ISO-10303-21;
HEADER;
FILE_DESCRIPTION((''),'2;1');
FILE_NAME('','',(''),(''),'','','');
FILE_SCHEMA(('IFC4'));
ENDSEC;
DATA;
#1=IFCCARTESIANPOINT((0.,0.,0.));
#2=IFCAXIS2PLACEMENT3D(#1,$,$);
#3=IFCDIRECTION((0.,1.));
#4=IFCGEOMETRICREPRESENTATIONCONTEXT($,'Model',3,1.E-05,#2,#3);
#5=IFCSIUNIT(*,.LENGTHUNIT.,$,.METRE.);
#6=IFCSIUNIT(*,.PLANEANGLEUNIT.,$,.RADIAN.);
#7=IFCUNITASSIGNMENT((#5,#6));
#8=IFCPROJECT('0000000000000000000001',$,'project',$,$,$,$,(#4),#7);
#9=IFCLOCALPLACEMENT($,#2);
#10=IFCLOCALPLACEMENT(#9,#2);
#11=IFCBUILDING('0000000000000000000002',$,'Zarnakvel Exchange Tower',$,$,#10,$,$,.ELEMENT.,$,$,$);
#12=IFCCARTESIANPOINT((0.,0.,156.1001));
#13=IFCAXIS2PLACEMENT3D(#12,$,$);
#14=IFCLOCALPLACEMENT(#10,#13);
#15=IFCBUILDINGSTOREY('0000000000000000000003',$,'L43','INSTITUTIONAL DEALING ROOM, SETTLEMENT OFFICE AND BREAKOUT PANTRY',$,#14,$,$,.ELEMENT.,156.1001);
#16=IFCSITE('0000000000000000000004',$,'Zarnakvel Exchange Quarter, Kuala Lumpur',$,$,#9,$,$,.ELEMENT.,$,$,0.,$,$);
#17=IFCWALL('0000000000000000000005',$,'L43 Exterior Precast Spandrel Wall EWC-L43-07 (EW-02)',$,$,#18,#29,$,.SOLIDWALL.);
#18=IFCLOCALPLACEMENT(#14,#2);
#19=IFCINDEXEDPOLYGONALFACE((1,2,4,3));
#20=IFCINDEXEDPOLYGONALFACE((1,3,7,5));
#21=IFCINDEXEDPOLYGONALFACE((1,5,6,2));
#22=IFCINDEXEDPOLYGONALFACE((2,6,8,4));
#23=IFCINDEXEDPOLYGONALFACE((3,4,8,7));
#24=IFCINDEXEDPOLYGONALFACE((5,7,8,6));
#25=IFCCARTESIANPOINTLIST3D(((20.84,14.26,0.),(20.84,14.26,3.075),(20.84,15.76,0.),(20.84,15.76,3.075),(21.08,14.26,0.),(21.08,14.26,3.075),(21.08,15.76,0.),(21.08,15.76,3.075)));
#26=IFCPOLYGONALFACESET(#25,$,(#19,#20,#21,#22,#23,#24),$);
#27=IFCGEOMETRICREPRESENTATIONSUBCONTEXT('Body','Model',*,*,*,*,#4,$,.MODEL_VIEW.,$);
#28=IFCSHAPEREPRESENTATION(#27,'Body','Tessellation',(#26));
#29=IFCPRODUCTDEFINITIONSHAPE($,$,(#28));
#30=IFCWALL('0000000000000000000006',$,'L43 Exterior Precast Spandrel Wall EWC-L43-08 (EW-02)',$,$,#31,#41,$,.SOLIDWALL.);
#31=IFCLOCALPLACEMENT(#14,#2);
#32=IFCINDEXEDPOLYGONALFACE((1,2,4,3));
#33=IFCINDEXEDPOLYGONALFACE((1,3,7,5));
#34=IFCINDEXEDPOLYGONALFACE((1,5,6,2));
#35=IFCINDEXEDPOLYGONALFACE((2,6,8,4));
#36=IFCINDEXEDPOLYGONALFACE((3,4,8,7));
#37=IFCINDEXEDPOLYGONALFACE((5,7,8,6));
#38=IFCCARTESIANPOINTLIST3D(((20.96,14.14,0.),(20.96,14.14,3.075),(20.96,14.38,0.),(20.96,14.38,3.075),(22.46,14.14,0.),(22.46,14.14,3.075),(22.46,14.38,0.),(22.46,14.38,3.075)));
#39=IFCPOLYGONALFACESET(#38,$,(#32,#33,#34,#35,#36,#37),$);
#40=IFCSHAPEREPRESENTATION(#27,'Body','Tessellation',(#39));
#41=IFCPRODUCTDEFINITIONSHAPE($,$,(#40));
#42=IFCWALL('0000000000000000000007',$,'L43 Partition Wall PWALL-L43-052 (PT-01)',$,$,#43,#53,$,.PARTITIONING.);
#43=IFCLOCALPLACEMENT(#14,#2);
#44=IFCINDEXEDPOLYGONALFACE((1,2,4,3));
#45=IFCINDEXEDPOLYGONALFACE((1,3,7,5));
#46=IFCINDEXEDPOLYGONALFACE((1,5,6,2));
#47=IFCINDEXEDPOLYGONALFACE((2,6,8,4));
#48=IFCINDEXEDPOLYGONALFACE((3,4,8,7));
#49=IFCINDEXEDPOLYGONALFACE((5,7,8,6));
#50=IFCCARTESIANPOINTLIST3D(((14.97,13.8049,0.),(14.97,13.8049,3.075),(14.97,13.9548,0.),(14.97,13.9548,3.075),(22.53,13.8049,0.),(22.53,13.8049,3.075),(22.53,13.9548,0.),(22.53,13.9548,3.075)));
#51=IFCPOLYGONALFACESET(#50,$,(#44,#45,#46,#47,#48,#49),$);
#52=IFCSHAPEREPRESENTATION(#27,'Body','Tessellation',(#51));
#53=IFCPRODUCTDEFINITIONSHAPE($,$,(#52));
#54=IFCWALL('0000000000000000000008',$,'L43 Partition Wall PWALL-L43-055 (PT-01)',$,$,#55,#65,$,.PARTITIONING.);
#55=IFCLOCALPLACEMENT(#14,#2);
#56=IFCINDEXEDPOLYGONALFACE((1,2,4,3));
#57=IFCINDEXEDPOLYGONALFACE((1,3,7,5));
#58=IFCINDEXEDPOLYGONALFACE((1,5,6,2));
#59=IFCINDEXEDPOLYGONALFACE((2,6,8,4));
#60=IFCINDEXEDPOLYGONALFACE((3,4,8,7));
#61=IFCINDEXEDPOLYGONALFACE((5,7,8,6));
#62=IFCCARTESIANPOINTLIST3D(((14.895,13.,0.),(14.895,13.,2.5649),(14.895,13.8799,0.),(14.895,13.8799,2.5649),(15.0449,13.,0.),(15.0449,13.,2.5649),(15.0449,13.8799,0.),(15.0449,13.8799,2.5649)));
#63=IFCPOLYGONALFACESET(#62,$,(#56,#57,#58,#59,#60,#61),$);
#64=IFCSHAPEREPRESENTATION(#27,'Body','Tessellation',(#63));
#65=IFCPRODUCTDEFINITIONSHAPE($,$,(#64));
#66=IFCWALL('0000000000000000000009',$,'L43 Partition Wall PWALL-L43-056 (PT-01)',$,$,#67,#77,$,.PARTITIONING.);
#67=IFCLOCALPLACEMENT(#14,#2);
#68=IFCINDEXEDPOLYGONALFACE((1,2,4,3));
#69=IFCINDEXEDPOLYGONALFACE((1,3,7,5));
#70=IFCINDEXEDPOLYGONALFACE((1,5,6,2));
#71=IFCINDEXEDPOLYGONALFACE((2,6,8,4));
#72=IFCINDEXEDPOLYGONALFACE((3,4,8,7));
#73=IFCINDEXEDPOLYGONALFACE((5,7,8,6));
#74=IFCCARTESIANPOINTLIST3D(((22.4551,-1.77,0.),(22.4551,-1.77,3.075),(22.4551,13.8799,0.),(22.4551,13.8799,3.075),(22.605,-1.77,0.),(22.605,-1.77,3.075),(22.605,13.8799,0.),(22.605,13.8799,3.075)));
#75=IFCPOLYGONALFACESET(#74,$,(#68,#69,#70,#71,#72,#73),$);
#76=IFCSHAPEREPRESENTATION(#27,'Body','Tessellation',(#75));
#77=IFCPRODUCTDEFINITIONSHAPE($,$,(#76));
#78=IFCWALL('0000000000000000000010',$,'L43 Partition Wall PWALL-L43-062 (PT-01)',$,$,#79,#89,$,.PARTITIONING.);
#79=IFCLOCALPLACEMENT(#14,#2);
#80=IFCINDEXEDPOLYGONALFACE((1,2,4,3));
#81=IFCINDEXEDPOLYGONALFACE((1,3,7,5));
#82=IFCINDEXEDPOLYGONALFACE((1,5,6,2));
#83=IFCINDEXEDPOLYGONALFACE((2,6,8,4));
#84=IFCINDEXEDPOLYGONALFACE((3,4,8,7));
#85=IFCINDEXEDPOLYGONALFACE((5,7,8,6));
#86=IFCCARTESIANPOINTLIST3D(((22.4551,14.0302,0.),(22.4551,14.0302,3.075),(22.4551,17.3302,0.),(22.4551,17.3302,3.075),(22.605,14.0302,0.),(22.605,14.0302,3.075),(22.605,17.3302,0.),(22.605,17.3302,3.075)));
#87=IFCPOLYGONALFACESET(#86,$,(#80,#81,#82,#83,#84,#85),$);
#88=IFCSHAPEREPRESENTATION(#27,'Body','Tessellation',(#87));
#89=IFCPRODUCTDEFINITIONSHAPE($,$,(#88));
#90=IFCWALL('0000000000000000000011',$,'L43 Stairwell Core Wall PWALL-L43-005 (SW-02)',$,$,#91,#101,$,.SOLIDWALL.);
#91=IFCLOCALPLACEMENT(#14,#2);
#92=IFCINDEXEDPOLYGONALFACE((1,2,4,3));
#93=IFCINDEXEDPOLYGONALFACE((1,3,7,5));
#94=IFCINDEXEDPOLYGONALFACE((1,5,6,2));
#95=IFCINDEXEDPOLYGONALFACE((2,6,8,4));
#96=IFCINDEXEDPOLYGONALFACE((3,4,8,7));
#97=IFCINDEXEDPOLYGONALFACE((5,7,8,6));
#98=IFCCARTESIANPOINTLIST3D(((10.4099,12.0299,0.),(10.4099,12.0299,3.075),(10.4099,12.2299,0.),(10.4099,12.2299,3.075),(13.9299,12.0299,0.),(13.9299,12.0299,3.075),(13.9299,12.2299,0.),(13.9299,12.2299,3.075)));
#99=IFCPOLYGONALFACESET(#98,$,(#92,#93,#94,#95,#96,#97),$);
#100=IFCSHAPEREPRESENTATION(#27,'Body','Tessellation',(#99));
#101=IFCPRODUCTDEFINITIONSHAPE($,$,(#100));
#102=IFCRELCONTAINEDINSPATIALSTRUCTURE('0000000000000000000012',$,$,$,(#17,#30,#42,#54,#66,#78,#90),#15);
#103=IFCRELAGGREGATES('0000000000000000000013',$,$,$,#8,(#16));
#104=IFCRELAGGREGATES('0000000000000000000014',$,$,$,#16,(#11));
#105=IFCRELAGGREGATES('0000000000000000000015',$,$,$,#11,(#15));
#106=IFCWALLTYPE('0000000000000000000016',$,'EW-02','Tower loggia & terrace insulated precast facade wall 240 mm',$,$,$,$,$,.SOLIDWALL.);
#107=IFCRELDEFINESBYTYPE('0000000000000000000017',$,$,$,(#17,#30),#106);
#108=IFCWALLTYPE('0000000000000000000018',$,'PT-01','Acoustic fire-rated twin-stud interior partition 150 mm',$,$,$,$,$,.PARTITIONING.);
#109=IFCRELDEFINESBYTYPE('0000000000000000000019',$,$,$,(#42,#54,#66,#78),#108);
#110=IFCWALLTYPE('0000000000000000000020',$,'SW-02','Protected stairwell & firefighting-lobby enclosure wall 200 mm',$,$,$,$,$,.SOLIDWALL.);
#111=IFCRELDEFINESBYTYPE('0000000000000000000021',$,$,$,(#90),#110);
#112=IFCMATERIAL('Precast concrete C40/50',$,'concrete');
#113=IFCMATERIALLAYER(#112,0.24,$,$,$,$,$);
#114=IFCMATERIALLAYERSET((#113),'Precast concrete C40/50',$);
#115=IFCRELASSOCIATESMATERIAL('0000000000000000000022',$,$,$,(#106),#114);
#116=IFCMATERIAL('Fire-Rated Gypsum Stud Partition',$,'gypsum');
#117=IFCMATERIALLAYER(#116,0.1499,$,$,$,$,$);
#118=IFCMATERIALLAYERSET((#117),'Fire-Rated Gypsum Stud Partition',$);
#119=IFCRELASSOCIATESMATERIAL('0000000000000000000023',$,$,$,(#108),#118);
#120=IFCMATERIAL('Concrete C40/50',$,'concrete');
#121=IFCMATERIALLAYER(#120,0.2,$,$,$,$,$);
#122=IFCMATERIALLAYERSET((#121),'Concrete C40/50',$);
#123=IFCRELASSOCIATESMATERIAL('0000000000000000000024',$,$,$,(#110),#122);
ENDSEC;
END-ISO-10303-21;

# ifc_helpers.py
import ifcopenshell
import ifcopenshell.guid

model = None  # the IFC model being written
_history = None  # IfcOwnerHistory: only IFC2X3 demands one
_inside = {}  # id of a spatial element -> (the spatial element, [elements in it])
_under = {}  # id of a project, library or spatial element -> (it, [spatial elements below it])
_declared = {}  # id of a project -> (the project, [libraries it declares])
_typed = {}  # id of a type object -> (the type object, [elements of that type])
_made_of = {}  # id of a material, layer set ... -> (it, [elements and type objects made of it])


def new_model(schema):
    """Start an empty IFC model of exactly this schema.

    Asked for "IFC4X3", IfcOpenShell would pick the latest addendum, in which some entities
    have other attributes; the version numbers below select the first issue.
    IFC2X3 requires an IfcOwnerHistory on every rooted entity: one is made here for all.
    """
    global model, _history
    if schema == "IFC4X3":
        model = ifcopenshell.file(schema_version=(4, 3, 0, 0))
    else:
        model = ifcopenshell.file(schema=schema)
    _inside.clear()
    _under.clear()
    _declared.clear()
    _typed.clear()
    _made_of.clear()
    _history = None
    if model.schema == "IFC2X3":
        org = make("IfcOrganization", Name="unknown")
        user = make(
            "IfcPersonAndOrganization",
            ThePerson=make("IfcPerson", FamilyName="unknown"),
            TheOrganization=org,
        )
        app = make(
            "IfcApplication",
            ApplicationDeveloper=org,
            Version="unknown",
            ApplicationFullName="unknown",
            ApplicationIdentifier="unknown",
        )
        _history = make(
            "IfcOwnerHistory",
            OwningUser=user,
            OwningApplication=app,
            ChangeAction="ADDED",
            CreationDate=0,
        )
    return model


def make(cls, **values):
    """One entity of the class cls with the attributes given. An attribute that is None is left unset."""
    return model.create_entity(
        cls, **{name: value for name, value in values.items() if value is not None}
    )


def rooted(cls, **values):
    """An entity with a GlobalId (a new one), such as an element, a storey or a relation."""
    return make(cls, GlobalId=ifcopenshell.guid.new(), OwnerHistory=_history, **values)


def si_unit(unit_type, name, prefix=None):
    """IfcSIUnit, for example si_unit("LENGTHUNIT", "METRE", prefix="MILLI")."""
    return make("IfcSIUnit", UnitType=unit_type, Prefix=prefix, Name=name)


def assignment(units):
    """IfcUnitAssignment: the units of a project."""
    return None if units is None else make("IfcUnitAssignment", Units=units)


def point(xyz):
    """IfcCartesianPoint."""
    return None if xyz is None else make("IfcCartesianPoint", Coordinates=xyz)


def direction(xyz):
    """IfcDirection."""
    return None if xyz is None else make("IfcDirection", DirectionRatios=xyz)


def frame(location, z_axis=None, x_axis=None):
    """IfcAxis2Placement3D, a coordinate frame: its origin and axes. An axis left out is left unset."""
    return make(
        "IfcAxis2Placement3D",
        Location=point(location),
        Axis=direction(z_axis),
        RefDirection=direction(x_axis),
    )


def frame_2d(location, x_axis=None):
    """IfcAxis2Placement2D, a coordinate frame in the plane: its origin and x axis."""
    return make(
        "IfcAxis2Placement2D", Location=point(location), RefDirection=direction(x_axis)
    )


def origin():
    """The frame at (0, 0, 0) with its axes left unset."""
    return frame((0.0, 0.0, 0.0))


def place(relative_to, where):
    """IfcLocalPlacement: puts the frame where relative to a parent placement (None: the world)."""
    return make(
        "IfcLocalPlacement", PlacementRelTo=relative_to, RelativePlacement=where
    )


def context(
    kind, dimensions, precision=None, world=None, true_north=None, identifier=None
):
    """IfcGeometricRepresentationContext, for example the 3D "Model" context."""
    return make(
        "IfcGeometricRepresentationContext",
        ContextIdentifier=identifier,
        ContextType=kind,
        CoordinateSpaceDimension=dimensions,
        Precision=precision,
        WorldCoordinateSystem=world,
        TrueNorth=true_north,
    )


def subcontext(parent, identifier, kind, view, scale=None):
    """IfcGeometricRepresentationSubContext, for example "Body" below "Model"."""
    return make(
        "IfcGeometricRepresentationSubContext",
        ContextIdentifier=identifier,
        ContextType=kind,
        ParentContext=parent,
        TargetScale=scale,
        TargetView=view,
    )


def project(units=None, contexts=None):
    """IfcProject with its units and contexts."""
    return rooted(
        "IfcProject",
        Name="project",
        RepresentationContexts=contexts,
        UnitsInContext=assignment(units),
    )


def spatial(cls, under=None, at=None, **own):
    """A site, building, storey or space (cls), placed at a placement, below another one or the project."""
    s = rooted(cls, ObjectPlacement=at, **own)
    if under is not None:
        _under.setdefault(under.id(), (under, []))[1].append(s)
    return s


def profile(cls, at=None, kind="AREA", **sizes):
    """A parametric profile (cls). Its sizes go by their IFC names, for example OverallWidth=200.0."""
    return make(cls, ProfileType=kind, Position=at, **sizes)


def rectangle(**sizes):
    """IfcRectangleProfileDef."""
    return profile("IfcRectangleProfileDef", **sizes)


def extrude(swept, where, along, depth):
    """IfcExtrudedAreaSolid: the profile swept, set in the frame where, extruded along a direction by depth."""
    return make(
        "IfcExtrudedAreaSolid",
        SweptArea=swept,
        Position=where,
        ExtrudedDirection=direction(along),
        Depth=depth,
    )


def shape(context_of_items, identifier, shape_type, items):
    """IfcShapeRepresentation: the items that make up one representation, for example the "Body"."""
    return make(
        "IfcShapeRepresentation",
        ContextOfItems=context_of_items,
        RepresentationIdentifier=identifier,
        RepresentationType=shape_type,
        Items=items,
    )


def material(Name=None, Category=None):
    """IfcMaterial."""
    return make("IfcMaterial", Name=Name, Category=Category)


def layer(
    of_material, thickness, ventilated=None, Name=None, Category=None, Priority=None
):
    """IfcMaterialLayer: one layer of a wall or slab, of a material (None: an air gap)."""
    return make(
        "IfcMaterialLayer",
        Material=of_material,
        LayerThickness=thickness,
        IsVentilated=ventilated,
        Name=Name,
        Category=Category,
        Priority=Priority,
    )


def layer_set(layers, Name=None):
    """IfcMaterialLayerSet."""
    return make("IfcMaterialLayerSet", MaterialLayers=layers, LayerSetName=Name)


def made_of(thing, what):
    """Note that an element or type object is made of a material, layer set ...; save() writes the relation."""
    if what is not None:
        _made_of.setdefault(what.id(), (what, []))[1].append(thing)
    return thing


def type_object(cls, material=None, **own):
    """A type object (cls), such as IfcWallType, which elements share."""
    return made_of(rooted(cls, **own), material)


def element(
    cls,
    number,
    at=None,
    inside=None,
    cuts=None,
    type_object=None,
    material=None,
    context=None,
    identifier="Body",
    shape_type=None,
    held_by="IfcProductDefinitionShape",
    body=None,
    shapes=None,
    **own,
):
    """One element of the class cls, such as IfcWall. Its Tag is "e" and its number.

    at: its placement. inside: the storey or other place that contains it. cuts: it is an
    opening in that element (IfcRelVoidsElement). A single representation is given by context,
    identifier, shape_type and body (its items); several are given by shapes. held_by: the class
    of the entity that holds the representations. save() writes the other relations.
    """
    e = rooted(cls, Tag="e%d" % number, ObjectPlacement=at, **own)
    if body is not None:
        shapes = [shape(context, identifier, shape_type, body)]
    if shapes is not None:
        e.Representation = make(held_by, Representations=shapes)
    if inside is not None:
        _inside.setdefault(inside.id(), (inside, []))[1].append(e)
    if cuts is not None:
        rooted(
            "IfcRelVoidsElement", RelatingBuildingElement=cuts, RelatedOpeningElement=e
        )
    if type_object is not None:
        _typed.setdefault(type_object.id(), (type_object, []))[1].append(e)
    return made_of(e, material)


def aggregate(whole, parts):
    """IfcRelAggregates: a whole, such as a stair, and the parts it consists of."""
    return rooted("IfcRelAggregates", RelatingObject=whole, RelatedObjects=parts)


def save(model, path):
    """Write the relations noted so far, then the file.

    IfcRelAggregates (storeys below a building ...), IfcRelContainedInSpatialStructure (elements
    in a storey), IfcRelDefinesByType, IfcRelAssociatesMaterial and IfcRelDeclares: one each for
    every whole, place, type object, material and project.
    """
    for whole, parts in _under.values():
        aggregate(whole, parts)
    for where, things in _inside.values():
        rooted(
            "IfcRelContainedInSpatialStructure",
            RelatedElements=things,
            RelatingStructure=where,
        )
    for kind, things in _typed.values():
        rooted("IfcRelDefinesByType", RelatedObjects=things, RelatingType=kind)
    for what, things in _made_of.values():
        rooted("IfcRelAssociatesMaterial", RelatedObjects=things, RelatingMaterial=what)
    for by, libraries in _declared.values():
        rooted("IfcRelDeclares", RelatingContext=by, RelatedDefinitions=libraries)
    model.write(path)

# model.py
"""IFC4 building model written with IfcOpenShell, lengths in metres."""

from ifc_helpers import new_model, si_unit, direction, frame, frame_2d, origin, place, context, subcontext, project, spatial, rectangle, extrude, material, layer, layer_set, type_object, element, save


model = new_model("IFC4")

# Units and contexts
model_context = context("Model", 3, precision=1e-05, world=origin(), true_north=direction((0.0, 1.0)))
body_context = subcontext(model_context, "Body", "Model", "MODEL_VIEW")
ifc_project = project(units=[si_unit("LENGTHUNIT", "METRE"), si_unit("PLANEANGLEUNIT", "RADIAN")], contexts=[model_context])

# Site, building, storey
site_placement = place(None, origin())
site = spatial("IfcSite", under=ifc_project, at=site_placement, Name="Zarnakvel Exchange Quarter, Kuala Lumpur", CompositionType="ELEMENT", RefElevation=0.0)
building_placement = place(site_placement, origin())
building = spatial("IfcBuilding", under=site, at=building_placement, Name="Zarnakvel Exchange Tower", CompositionType="ELEMENT")
storey_placement = place(building_placement, frame((0.0, 0.0, 156.1001)))
storey = spatial("IfcBuildingStorey", under=building, at=storey_placement, Name="L43", Description="INSTITUTIONAL DEALING ROOM, SETTLEMENT OFFICE AND BREAKOUT PANTRY", CompositionType="ELEMENT", Elevation=156.1001)

# Walls
ifc_material_1 = material(Name="Precast concrete C40/50", Category="concrete")
ifc_layer_1 = layer(ifc_material_1, 0.24)
ifc_layer_set_1 = layer_set([ifc_layer_1], Name="Precast concrete C40/50")
wall_type_1 = type_object("IfcWallType", Name="EW-02", Description="Tower loggia & terrace insulated precast facade wall 240 mm", PredefinedType="SOLIDWALL", material=ifc_layer_set_1)
for number, where, z_axis, x_axis, name in (
    (1, (20.96, 14.26, 0.0), (0.0, 0.0, 1.0), (0.0, 1.0, 0.0), "L43 Exterior Precast Spandrel Wall EWC-L43-07 (EW-02)"),
    (2, (22.46, 14.26, 0.0), (0.0, 0.0, 1.0), (-1.0, 0.0, 0.0), "L43 Exterior Precast Spandrel Wall EWC-L43-08 (EW-02)"),
):
    element("IfcWall", number, at=place(storey_placement, frame(where, z_axis=z_axis, x_axis=x_axis)), inside=storey, type_object=wall_type_1, Name=name, PredefinedType="SOLIDWALL", context=body_context, shape_type="SweptSolid", body=[
        extrude(rectangle(XDim=1.5, YDim=0.24, at=frame_2d((0.75, 0.0))), origin(), (0.0, 0.0, 1.0), 3.075),
    ])
ifc_material_2 = material(Name="Fire-Rated Gypsum Stud Partition", Category="gypsum")
ifc_layer_2 = layer(ifc_material_2, 0.1499)
ifc_layer_set_2 = layer_set([ifc_layer_2], Name="Fire-Rated Gypsum Stud Partition")
wall_type_2 = type_object("IfcWallType", Name="PT-01", Description="Acoustic fire-rated twin-stud interior partition 150 mm", PredefinedType="PARTITIONING", material=ifc_layer_set_2)
wall_1_placement = place(storey_placement, frame((14.97, 13.8799, 0.0), z_axis=(0.0, 0.0, 1.0), x_axis=(1.0, 0.0, 0.0)))
element("IfcWall", 3, at=wall_1_placement, inside=storey, type_object=wall_type_2, Name="L43 Partition Wall PWALL-L43-052 (PT-01)", PredefinedType="PARTITIONING", context=body_context, shape_type="SweptSolid", body=[
    extrude(rectangle(XDim=7.5601, YDim=0.1499, at=frame_2d((3.78, 0.0))), origin(), (0.0, 0.0, 1.0), 3.075),
])
wall_2_placement = place(storey_placement, frame((14.97, 13.0, 0.0), z_axis=(0.0, 0.0, 1.0), x_axis=(0.0, 1.0, 0.0)))
element("IfcWall", 4, at=wall_2_placement, inside=storey, type_object=wall_type_2, Name="L43 Partition Wall PWALL-L43-055 (PT-01)", PredefinedType="PARTITIONING", context=body_context, shape_type="SweptSolid", body=[
    extrude(rectangle(XDim=0.8799, YDim=0.1499, at=frame_2d((0.4399, 0.0))), origin(), (0.0, 0.0, 1.0), 2.5649),
])
wall_3_placement = place(storey_placement, frame((22.53, 13.8799, 0.0), z_axis=(0.0, 0.0, 1.0), x_axis=(0.0, -1.0, 0.0)))
element("IfcWall", 5, at=wall_3_placement, inside=storey, type_object=wall_type_2, Name="L43 Partition Wall PWALL-L43-056 (PT-01)", PredefinedType="PARTITIONING", context=body_context, shape_type="SweptSolid", body=[
    extrude(rectangle(XDim=15.6499, YDim=0.1499, at=frame_2d((7.825, 0.0))), origin(), (0.0, 0.0, 1.0), 3.075),
])
wall_4_placement = place(storey_placement, frame((22.53, 17.3301, 0.0), z_axis=(0.0, 0.0, 1.0), x_axis=(0.0, -1.0, 0.0)))
element("IfcWall", 6, at=wall_4_placement, inside=storey, type_object=wall_type_2, Name="L43 Partition Wall PWALL-L43-062 (PT-01)", PredefinedType="PARTITIONING", context=body_context, shape_type="SweptSolid", body=[
    extrude(rectangle(XDim=3.3, YDim=0.1499, at=frame_2d((1.6499, 0.0))), origin(), (0.0, 0.0, 1.0), 3.075),
])
ifc_material_3 = material(Name="Concrete C40/50", Category="concrete")
ifc_layer_3 = layer(ifc_material_3, 0.2)
ifc_layer_set_3 = layer_set([ifc_layer_3], Name="Concrete C40/50")
wall_type_3 = type_object("IfcWallType", Name="SW-02", Description="Protected stairwell & firefighting-lobby enclosure wall 200 mm", PredefinedType="SOLIDWALL", material=ifc_layer_set_3)
wall_5_placement = place(storey_placement, frame((10.4099, 12.1299, 0.0), z_axis=(0.0, 0.0, 1.0), x_axis=(1.0, 0.0, 0.0)))
element("IfcWall", 7, at=wall_5_placement, inside=storey, type_object=wall_type_3, Name="L43 Stairwell Core Wall PWALL-L43-005 (SW-02)", PredefinedType="SOLIDWALL", context=body_context, shape_type="SweptSolid", body=[
    extrude(rectangle(XDim=3.52, YDim=0.2, at=frame_2d((1.76, 0.0))), origin(), (0.0, 0.0, 1.0), 3.075),
])

save(model, "model.ifc")
